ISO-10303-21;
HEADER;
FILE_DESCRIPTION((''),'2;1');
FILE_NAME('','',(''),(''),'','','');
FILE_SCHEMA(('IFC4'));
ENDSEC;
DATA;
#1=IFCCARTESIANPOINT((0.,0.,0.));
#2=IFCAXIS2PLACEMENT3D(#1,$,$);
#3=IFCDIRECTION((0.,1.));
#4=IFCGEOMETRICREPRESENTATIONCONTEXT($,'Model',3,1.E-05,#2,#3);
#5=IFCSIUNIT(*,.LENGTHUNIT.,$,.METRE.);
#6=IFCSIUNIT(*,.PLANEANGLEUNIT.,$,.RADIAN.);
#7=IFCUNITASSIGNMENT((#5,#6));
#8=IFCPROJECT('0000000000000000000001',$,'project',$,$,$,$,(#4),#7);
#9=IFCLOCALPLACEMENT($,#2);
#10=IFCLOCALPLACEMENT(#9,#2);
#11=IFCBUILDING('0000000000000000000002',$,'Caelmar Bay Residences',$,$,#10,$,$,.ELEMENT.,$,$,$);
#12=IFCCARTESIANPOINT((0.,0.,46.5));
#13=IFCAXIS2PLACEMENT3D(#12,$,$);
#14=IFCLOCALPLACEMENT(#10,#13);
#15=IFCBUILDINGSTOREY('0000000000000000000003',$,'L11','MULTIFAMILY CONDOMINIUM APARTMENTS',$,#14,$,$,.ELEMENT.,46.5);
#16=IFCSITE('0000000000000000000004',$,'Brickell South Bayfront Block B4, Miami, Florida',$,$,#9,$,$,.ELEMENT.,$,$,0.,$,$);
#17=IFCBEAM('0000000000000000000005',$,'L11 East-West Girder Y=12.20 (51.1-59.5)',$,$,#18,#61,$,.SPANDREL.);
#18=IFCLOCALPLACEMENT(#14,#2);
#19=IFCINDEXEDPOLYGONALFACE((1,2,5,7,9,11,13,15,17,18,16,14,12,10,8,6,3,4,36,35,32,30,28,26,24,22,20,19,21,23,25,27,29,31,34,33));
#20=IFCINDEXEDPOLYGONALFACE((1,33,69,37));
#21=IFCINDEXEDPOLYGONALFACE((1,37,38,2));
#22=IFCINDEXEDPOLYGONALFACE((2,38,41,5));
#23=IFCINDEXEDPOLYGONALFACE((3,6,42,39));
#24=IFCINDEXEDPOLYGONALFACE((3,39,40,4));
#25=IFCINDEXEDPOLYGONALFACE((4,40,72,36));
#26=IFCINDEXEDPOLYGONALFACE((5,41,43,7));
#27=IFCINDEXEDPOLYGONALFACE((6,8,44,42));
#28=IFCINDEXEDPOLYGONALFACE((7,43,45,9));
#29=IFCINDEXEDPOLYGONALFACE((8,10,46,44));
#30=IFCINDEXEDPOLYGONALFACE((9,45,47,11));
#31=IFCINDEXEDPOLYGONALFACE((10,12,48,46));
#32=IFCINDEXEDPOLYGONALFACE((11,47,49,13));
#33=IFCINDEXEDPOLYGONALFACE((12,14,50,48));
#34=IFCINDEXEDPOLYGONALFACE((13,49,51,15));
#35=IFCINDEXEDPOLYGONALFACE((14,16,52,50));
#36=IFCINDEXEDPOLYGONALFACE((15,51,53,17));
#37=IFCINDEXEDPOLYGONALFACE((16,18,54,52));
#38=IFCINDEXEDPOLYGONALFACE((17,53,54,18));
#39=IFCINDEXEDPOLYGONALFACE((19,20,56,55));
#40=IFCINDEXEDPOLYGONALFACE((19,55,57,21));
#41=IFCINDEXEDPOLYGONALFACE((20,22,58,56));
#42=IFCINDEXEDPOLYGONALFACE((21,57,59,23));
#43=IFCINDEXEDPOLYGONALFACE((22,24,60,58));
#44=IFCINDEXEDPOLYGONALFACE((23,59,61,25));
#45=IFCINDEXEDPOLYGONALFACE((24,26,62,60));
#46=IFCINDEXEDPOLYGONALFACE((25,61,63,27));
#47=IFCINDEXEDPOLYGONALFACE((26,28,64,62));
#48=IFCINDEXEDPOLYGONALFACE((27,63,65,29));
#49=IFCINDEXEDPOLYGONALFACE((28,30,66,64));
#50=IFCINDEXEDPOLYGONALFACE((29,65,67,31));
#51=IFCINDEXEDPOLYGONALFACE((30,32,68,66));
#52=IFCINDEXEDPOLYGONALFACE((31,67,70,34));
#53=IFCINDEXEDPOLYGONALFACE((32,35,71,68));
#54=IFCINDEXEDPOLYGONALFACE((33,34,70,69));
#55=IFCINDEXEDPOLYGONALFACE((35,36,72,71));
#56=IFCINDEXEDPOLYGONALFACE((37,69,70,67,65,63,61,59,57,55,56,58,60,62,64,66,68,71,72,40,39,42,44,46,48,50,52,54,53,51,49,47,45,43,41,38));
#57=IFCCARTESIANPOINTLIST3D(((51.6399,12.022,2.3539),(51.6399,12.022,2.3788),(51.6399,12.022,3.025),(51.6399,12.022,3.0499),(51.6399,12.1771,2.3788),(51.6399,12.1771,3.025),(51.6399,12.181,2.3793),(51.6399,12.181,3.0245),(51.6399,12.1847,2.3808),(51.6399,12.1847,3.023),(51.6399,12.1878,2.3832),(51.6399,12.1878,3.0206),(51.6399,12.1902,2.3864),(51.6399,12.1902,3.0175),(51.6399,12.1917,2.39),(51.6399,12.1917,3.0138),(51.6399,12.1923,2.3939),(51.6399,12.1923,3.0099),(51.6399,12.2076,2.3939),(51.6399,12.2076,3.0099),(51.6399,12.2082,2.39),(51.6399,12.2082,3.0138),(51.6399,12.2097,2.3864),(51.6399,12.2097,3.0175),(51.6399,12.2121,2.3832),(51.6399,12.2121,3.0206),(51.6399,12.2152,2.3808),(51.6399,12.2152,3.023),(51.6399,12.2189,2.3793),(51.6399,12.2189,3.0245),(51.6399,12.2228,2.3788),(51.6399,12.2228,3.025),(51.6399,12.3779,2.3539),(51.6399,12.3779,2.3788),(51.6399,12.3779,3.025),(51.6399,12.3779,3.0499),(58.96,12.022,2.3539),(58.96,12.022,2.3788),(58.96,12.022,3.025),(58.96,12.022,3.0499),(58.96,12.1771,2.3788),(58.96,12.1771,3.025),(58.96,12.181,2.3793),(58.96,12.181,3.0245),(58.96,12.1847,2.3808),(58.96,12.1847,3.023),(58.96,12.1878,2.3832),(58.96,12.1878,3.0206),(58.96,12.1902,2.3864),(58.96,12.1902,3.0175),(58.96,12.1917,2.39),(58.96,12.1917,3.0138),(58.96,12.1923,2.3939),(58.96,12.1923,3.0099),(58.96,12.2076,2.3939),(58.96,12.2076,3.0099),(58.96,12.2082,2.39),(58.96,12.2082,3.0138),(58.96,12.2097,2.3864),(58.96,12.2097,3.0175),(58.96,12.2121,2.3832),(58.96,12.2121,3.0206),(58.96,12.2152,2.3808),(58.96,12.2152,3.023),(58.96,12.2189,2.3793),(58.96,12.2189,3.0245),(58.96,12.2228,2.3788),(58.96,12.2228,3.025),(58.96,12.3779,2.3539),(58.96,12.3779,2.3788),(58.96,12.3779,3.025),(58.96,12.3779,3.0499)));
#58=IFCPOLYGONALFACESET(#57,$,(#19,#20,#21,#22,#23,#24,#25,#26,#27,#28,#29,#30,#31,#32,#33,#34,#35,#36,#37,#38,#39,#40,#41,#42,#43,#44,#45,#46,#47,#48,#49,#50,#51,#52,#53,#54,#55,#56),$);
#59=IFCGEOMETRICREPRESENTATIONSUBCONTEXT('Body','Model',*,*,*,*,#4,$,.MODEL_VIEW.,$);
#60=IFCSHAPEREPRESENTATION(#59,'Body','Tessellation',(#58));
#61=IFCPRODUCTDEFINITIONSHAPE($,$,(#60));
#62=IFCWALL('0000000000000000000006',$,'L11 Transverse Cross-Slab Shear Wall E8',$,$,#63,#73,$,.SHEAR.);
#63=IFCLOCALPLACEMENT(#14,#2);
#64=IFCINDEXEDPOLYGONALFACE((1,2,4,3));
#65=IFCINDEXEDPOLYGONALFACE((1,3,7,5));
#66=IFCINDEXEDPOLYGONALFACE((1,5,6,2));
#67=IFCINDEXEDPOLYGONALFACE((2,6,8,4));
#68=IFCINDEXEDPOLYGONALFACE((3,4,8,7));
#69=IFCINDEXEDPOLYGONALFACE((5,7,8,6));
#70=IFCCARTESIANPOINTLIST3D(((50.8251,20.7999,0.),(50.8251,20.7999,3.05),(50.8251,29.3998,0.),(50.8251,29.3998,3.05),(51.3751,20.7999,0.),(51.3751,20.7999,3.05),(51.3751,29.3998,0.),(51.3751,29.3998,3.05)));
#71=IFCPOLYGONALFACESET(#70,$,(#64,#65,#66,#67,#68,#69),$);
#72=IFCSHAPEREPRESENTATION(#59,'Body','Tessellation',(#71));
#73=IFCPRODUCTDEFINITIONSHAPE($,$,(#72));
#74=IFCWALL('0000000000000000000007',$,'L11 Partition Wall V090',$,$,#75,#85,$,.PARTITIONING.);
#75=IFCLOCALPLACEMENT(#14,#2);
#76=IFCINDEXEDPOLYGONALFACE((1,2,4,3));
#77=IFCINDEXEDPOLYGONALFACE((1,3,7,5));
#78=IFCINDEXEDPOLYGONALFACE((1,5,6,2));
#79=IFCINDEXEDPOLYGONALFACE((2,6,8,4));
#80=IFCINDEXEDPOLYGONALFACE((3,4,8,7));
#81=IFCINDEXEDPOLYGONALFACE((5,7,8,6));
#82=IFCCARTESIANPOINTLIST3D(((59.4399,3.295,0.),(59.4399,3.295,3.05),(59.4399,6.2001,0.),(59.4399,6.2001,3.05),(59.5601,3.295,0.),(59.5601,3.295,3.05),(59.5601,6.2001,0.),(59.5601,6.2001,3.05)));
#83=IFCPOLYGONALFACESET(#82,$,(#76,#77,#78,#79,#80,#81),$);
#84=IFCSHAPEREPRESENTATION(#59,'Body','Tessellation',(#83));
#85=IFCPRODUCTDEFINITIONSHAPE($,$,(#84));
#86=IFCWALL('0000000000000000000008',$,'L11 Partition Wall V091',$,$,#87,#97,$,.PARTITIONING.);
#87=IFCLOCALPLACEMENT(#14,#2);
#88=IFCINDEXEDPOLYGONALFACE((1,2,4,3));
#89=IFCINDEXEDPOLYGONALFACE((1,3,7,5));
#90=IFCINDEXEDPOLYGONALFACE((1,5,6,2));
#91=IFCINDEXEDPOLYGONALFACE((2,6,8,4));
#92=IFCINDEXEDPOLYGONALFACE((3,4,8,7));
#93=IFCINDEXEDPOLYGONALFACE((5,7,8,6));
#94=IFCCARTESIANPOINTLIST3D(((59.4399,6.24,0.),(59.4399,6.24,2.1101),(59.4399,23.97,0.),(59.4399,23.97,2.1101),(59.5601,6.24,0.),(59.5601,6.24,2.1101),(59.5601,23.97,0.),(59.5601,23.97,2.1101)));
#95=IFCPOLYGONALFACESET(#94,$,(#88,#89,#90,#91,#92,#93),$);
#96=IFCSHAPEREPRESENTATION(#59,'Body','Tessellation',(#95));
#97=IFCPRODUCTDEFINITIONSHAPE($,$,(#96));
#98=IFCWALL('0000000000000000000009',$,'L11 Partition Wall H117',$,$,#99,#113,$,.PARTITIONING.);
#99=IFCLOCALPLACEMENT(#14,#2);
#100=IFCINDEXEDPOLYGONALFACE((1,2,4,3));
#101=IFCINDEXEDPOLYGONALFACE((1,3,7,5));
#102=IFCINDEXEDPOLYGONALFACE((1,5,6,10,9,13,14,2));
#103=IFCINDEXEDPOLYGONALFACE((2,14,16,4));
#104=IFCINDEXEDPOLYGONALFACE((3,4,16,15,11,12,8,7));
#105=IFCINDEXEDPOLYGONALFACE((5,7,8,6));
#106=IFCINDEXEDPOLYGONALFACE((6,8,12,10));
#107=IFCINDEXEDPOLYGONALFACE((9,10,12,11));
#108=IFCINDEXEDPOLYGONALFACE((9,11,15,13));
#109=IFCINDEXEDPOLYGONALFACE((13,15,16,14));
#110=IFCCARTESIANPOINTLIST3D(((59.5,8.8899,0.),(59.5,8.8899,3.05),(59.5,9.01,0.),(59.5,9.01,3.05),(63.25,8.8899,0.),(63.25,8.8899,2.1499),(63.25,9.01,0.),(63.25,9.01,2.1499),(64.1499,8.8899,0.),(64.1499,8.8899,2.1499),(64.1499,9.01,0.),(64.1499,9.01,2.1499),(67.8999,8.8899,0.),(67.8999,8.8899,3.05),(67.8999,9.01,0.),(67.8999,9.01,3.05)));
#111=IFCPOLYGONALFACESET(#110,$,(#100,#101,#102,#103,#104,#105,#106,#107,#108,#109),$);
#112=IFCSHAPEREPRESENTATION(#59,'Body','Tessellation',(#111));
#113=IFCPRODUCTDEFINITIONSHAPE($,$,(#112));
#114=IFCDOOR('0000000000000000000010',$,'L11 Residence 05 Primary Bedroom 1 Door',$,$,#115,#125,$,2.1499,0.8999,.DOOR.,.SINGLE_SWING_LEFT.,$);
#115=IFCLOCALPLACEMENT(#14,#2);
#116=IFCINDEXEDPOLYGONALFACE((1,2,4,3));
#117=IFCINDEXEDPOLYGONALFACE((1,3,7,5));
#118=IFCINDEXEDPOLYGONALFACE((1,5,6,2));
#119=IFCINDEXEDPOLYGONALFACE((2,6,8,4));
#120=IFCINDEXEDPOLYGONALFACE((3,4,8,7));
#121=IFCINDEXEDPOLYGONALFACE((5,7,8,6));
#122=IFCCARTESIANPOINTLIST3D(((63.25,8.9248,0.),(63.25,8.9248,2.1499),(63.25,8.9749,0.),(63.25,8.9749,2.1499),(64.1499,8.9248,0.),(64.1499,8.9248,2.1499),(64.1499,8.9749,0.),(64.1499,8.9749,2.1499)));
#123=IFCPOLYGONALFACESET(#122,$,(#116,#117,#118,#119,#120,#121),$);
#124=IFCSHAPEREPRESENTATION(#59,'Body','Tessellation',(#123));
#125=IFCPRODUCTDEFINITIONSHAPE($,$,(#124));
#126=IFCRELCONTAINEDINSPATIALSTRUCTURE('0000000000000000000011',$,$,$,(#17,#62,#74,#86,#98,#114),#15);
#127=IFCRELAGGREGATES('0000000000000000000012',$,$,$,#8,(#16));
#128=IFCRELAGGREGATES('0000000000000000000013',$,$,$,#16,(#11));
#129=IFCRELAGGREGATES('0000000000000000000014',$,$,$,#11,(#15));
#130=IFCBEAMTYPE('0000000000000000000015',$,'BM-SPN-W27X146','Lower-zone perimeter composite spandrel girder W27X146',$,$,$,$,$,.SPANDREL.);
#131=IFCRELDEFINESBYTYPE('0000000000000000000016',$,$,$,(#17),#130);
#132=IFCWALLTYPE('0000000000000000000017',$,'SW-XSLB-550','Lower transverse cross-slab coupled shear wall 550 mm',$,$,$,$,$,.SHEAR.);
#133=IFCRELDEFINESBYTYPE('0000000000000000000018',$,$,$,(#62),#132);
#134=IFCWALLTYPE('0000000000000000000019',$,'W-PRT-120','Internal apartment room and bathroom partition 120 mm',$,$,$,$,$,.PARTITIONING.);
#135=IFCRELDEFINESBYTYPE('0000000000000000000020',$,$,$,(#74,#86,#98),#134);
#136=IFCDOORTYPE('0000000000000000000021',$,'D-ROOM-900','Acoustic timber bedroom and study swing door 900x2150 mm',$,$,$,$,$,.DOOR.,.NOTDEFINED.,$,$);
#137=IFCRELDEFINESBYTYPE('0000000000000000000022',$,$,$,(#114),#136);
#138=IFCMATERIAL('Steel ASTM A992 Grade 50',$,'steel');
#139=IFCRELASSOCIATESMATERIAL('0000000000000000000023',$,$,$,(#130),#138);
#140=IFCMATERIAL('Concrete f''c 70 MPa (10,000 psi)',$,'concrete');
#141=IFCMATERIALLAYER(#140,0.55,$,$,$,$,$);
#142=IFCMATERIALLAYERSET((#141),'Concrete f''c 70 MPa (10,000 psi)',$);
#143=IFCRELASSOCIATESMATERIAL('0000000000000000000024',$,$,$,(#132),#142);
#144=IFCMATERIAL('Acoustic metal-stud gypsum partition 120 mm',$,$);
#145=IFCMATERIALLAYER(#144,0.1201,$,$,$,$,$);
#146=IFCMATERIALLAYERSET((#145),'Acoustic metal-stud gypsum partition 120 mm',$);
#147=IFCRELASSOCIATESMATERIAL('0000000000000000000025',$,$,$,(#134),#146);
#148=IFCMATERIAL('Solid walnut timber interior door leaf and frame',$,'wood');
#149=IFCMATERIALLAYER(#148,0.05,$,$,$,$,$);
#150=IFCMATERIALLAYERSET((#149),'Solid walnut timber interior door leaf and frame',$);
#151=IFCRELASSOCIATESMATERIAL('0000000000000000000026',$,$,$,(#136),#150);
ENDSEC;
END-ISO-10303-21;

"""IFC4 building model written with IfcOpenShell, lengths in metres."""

from ifc_helpers import new_model, si_unit, direction, frame, frame_2d, origin, origin_2d, place, context, subcontext, project, spatial, rectangle, i_section, extrude, material, layer, layer_set, material_profile, profile_set, type_object, element, fill, save


model = new_model("IFC4")

# Units and contexts
model_context = context("Model", 3, precision=1e-05, world=origin(), true_north=direction((0.0, 1.0)))
body_context = subcontext(model_context, "Body", "Model", "MODEL_VIEW")
ifc_project = project(units=[si_unit("LENGTHUNIT", "METRE"), si_unit("PLANEANGLEUNIT", "RADIAN")], contexts=[model_context])

# Site, building, storey
site_placement = place(None, origin())
site = spatial("IfcSite", under=ifc_project, at=site_placement, Name="Brickell South Bayfront Block B4, Miami, Florida", CompositionType="ELEMENT", RefElevation=0.0)
building_placement = place(site_placement, origin())
building = spatial("IfcBuilding", under=site, at=building_placement, Name="Caelmar Bay Residences", CompositionType="ELEMENT")
storey_placement = place(building_placement, frame((0.0, 0.0, 46.5)))
storey = spatial("IfcBuildingStorey", under=building, at=storey_placement, Name="L11", Description="MULTIFAMILY CONDOMINIUM APARTMENTS", CompositionType="ELEMENT", Elevation=46.5)

# Shared definitions
ifc_material_1 = material(Name="Concrete f'c 70 MPa (10,000 psi)", Category="concrete")

# Beam
ifc_material_2 = material(Name="Steel ASTM A992 Grade 50", Category="steel")
ifc_material_profile_1 = material_profile(ifc_material_2, i_section(OverallWidth=0.356, OverallDepth=0.696, WebThickness=0.0154, FlangeThickness=0.0249, FilletRadius=0.0151, at=origin_2d()), Name="W27X146")
ifc_profile_set_1 = profile_set([ifc_material_profile_1], Name="Steel ASTM A992 Grade 50")
beam_type_1 = type_object("IfcBeamType", Name="BM-SPN-W27X146", Description="Lower-zone perimeter composite spandrel girder W27X146", PredefinedType="SPANDREL", material=ifc_profile_set_1)
beam_1_placement = place(storey_placement, frame((51.6399, 12.2, 2.7019), z_axis=(1.0, 0.0, 0.0), x_axis=(0.0, 1.0, 0.0)))
element("IfcBeam", 1, at=beam_1_placement, inside=storey, type_object=beam_type_1, Name="L11 East-West Girder Y=12.20 (51.1-59.5)", PredefinedType="SPANDREL", context=body_context, shape_type="SweptSolid", body=[
    extrude(i_section(OverallWidth=0.356, OverallDepth=0.696, WebThickness=0.0154, FlangeThickness=0.0249, FilletRadius=0.0151, at=origin_2d()), origin(), (0.0, 0.0, 1.0), 7.3201),
])

# Walls
ifc_layer_1 = layer(ifc_material_1, 0.55)
ifc_layer_set_1 = layer_set([ifc_layer_1], Name="Concrete f'c 70 MPa (10,000 psi)")
wall_type_1 = type_object("IfcWallType", Name="SW-XSLB-550", Description="Lower transverse cross-slab coupled shear wall 550 mm", PredefinedType="SHEAR", material=ifc_layer_set_1)
wall_1_placement = place(storey_placement, frame((51.1001, 20.8, 0.0), z_axis=(0.0, 0.0, 1.0), x_axis=(0.0, 1.0, 0.0)))
element("IfcWall", 2, at=wall_1_placement, inside=storey, type_object=wall_type_1, Name="L11 Transverse Cross-Slab Shear Wall E8", PredefinedType="SHEAR", context=body_context, shape_type="SweptSolid", body=[
    extrude(rectangle(XDim=8.5999, YDim=0.55, at=frame_2d((4.2998, 0.0))), origin(), (0.0, 0.0, 1.0), 3.05),
])
ifc_material_3 = material(Name="Acoustic metal-stud gypsum partition 120 mm")
ifc_layer_2 = layer(ifc_material_3, 0.1201)
ifc_layer_set_2 = layer_set([ifc_layer_2], Name="Acoustic metal-stud gypsum partition 120 mm")
wall_type_2 = type_object("IfcWallType", Name="W-PRT-120", Description="Internal apartment room and bathroom partition 120 mm", PredefinedType="PARTITIONING", material=ifc_layer_set_2)
wall_2_placement = place(storey_placement, frame((59.5, 3.2949, 0.0), z_axis=(0.0, 0.0, 1.0), x_axis=(0.0, 1.0, 0.0)))
element("IfcWall", 3, at=wall_2_placement, inside=storey, type_object=wall_type_2, Name="L11 Partition Wall V090", PredefinedType="PARTITIONING", context=body_context, shape_type="SweptSolid", body=[
    extrude(rectangle(XDim=2.905, YDim=0.1201, at=frame_2d((1.4526, 0.0))), origin(), (0.0, 0.0, 1.0), 3.05),
])
wall_3_placement = place(storey_placement, frame((59.5, 6.24, 0.0), z_axis=(0.0, 0.0, 1.0), x_axis=(0.0, 1.0, 0.0)))
element("IfcWall", 4, at=wall_3_placement, inside=storey, type_object=wall_type_2, Name="L11 Partition Wall V091", PredefinedType="PARTITIONING", context=body_context, shape_type="SweptSolid", body=[
    extrude(rectangle(XDim=17.73, YDim=0.1201, at=frame_2d((8.865, 0.0))), origin(), (0.0, 0.0, 1.0), 2.1101),
])

# Wall, opening, door
wall_4_placement = place(storey_placement, frame((59.5, 8.95, 0.0), z_axis=(0.0, 0.0, 1.0), x_axis=(1.0, 0.0, 0.0)))
wall_4 = element("IfcWall", 5, at=wall_4_placement, inside=storey, type_object=wall_type_2, Name="L11 Partition Wall H117", PredefinedType="PARTITIONING", context=body_context, shape_type="SweptSolid", body=[
    extrude(rectangle(XDim=8.3999, YDim=0.1201, at=frame_2d((4.2, 0.0))), origin(), (0.0, 0.0, 1.0), 3.05),
])
opening_placement = place(wall_4_placement, frame((3.75, 0.0, 0.0)))
opening = element("IfcOpeningElement", 6, at=opening_placement, cuts=wall_4, PredefinedType="OPENING", context=body_context, shape_type="SweptSolid", body=[
    extrude(rectangle(XDim=0.8999, YDim=2.1499, at=frame_2d((0.45, 1.075))), frame((0.0, 0.0701, 0.0), z_axis=(0.0, -1.0, 0.0), x_axis=(1.0, 0.0, 0.0)), (0.0, 0.0, 1.0), 0.1401),
])
ifc_material_4 = material(Name="Solid walnut timber interior door leaf and frame", Category="wood")
ifc_layer_3 = layer(ifc_material_4, 0.05)
ifc_layer_set_3 = layer_set([ifc_layer_3], Name="Solid walnut timber interior door leaf and frame")
door_type = type_object("IfcDoorType", Name="D-ROOM-900", Description="Acoustic timber bedroom and study swing door 900x2150 mm", OperationType="NOTDEFINED", PredefinedType="DOOR", material=ifc_layer_set_3)
door_placement = place(opening_placement, origin())
door = element("IfcDoor", 7, at=door_placement, inside=storey, type_object=door_type, Name="L11 Residence 05 Primary Bedroom 1 Door", OperationType="SINGLE_SWING_LEFT", OverallHeight=2.1499, OverallWidth=0.8999, PredefinedType="DOOR", context=body_context, shape_type="SweptSolid", body=[
    extrude(rectangle(XDim=0.8999, YDim=2.1499, at=frame_2d((0.45, 1.075))), frame((0.0, 0.0249, 0.0), z_axis=(0.0, -1.0, 0.0), x_axis=(1.0, 0.0, 0.0)), (0.0, 0.0, 1.0), 0.05),
])
fill(opening, door)

save(model, "model.ifc")
